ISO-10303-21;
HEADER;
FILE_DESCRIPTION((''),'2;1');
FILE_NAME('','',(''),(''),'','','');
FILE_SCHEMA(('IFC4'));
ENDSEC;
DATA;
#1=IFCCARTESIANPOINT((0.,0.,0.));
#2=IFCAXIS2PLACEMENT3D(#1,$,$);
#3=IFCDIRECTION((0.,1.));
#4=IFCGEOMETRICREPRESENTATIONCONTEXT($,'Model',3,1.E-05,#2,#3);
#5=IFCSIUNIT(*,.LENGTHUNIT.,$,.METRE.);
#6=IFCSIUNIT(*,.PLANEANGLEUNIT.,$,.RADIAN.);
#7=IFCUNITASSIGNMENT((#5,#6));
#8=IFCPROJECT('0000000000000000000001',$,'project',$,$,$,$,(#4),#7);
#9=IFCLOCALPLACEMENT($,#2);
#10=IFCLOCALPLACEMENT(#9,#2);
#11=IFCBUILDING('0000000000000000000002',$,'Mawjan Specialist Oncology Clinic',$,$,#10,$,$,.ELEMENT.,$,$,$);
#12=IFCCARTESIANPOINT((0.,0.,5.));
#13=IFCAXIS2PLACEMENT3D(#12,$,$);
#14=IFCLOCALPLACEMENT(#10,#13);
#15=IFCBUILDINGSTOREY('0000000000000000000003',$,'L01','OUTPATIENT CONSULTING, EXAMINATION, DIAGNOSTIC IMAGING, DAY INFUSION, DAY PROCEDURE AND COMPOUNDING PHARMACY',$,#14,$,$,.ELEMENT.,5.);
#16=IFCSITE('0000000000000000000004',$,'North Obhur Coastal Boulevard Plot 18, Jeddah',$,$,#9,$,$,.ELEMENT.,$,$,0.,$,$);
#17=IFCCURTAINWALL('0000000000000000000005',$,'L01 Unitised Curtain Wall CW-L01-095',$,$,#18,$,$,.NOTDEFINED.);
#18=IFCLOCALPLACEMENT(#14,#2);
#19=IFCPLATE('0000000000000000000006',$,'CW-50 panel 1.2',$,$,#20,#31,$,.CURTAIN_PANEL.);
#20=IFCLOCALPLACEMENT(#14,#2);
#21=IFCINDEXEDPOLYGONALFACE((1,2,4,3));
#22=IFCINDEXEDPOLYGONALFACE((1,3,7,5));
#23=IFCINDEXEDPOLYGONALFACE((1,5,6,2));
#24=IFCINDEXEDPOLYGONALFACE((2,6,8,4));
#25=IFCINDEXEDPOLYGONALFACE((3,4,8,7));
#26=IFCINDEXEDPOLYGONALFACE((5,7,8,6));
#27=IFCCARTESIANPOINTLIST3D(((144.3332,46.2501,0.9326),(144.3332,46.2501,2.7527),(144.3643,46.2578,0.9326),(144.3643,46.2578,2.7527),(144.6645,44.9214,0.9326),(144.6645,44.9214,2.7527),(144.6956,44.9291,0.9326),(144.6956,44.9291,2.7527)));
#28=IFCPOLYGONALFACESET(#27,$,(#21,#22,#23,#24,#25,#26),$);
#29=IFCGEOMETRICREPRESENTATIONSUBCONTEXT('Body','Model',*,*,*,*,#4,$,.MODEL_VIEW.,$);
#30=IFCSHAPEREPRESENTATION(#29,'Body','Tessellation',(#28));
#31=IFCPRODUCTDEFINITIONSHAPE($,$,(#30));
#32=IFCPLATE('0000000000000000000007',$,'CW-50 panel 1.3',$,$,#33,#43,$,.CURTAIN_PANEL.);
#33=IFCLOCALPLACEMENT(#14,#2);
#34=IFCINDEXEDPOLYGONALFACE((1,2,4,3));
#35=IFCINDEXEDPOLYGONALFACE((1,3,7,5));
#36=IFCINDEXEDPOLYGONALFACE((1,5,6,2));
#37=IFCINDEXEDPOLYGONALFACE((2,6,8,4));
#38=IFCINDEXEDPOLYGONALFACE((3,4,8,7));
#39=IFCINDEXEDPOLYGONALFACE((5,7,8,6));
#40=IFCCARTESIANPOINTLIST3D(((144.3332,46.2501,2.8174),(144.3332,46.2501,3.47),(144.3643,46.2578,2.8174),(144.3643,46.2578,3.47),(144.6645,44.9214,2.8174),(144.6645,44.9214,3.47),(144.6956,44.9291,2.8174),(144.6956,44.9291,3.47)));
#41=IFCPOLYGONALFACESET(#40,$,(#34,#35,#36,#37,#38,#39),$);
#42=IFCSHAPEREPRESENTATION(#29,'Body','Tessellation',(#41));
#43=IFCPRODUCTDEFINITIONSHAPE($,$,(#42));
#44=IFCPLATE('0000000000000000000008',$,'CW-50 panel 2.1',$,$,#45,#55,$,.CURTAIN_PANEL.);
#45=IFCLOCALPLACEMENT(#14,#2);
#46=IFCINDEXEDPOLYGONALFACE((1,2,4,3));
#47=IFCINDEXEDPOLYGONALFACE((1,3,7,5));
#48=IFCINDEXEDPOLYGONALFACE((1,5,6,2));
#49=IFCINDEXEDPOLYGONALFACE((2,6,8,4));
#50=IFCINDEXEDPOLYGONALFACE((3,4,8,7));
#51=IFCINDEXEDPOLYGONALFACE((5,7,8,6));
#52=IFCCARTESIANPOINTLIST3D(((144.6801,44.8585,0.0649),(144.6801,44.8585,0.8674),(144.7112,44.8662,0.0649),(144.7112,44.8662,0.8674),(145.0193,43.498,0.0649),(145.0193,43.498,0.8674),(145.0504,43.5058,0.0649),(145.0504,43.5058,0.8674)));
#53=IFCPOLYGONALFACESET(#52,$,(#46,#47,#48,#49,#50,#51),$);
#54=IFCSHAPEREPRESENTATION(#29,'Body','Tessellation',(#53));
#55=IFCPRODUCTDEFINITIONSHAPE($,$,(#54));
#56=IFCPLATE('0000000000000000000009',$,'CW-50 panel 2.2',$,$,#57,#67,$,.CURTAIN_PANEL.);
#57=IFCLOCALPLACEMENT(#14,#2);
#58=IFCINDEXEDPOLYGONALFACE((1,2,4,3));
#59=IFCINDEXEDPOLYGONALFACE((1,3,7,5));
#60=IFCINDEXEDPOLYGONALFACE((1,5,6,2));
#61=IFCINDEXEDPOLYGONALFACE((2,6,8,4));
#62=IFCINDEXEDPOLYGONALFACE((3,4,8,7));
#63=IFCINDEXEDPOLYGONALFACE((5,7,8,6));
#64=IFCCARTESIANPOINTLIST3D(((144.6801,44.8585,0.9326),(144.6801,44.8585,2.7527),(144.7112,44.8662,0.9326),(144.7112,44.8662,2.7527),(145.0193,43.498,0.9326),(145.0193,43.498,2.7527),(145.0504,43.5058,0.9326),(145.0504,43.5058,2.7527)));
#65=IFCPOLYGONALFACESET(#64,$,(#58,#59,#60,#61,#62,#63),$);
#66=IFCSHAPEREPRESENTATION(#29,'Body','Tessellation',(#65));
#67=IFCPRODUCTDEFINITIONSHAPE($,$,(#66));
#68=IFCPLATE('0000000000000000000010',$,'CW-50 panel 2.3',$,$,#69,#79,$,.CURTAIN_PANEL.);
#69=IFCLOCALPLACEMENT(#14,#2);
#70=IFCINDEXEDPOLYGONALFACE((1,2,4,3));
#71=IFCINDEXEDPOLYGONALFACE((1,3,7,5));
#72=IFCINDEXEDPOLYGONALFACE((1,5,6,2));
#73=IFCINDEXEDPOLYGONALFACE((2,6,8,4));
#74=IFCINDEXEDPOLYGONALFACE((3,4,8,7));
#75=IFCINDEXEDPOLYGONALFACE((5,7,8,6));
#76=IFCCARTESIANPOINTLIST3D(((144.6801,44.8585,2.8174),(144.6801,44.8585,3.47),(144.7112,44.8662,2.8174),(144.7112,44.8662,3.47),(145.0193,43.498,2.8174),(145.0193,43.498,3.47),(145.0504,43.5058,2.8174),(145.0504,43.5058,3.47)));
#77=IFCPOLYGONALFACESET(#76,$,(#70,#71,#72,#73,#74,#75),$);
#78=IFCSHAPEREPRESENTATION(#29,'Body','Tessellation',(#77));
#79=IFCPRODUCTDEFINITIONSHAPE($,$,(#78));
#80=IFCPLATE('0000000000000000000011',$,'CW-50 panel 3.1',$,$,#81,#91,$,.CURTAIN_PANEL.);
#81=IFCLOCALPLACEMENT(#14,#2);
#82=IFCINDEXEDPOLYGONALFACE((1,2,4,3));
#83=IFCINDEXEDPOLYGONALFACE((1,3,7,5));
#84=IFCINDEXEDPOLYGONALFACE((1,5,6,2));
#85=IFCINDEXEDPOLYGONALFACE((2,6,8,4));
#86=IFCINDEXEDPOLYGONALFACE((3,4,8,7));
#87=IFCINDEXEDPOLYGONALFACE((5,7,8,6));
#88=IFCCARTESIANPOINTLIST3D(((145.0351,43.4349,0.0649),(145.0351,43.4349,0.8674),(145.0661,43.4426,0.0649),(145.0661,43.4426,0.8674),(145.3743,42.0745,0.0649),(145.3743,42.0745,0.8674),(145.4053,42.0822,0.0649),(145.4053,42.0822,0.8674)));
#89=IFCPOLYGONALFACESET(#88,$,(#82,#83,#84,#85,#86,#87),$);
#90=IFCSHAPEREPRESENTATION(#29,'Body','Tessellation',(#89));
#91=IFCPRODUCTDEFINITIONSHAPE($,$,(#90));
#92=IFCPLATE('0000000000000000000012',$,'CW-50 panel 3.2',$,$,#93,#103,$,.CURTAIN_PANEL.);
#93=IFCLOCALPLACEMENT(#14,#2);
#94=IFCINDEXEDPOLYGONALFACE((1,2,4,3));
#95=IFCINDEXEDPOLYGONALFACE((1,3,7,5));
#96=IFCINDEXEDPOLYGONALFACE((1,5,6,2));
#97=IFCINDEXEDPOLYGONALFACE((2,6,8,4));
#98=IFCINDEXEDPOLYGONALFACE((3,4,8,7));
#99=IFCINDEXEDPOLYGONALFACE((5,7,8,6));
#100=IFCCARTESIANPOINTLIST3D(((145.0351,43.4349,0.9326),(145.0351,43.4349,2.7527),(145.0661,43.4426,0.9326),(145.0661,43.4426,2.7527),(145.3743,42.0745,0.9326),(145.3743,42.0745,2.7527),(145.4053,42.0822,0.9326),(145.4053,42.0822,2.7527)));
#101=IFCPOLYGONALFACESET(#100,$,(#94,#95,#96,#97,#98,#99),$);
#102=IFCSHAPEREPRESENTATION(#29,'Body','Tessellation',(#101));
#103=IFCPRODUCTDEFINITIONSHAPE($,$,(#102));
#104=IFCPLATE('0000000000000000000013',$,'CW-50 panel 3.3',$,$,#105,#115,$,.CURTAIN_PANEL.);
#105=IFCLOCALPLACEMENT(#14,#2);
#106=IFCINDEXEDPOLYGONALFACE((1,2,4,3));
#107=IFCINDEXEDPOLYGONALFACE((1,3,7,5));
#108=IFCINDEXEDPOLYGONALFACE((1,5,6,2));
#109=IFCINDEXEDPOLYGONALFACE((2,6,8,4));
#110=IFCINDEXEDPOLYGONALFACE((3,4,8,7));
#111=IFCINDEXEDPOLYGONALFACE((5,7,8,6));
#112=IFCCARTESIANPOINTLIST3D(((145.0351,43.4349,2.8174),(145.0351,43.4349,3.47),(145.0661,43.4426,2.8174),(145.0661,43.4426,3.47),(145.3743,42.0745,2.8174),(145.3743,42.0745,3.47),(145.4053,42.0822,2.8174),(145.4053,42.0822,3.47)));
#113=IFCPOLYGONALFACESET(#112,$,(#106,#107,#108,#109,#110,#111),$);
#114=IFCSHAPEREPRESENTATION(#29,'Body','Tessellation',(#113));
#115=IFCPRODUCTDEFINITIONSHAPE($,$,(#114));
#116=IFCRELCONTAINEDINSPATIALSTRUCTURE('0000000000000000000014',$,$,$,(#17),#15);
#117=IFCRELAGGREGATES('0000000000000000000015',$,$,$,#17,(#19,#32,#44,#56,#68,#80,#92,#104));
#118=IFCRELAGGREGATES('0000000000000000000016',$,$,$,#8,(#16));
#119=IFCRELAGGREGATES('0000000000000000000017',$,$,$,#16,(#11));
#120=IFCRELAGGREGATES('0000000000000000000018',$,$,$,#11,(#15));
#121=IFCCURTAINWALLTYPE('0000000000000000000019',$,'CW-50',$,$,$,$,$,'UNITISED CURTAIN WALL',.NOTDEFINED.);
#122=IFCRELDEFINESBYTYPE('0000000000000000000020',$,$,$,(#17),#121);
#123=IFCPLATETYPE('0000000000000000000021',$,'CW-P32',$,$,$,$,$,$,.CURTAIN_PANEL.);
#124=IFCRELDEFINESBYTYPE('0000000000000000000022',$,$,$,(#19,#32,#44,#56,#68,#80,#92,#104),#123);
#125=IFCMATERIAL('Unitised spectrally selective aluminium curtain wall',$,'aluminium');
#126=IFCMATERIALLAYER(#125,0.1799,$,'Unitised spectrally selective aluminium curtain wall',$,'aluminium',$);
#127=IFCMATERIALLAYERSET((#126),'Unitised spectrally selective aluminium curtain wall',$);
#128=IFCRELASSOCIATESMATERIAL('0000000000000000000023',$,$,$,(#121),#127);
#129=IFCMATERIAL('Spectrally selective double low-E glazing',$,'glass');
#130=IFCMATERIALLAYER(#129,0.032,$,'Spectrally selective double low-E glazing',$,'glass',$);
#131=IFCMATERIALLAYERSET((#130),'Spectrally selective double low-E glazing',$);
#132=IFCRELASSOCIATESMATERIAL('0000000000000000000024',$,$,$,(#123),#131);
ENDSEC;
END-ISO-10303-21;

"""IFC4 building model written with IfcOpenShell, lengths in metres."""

from ifc_helpers import new_model, si_unit, direction, frame, origin, origin_2d, place, context, subcontext, project, spatial, rectangle, extrude, material, layer, layer_set, type_object, element, aggregate, save


model = new_model("IFC4")

# Units and contexts
model_context = context("Model", 3, precision=1e-05, world=origin(), true_north=direction((0.0, 1.0)))
body_context = subcontext(model_context, "Body", "Model", "MODEL_VIEW")
ifc_project = project(units=[si_unit("LENGTHUNIT", "METRE"), si_unit("PLANEANGLEUNIT", "RADIAN")], contexts=[model_context])

# Site, building, storey
site_placement = place(None, origin())
site = spatial("IfcSite", under=ifc_project, at=site_placement, Name="North Obhur Coastal Boulevard Plot 18, Jeddah", CompositionType="ELEMENT", RefElevation=0.0)
building_placement = place(site_placement, origin())
building = spatial("IfcBuilding", under=site, at=building_placement, Name="Mawjan Specialist Oncology Clinic", CompositionType="ELEMENT")
storey_placement = place(building_placement, frame((0.0, 0.0, 5.0)))
storey = spatial("IfcBuildingStorey", under=building, at=storey_placement, Name="L01", Description="OUTPATIENT CONSULTING, EXAMINATION, DIAGNOSTIC IMAGING, DAY INFUSION, DAY PROCEDURE AND COMPOUNDING PHARMACY", CompositionType="ELEMENT", Elevation=5.0)

# Curtain wall
ifc_material_1 = material(Name="Unitised spectrally selective aluminium curtain wall", Category="aluminium")
ifc_layer_1 = layer(ifc_material_1, 0.1799, Name="Unitised spectrally selective aluminium curtain wall", Category="aluminium")
ifc_layer_set_1 = layer_set([ifc_layer_1], Name="Unitised spectrally selective aluminium curtain wall")
curtain_wall_type_1 = type_object("IfcCurtainWallType", Name="CW-50", ElementType="UNITISED CURTAIN WALL", PredefinedType="NOTDEFINED", material=ifc_layer_set_1)
curtain_wall_1_placement = place(storey_placement, origin())
curtain_wall_1 = element("IfcCurtainWall", 1, at=curtain_wall_1_placement, inside=storey, type_object=curtain_wall_type_1, Name="L01 Unitised Curtain Wall CW-L01-095", PredefinedType="NOTDEFINED")

# Plates
ifc_material_2 = material(Name="Spectrally selective double low-E glazing", Category="glass")
ifc_layer_2 = layer(ifc_material_2, 0.032, Name="Spectrally selective double low-E glazing", Category="glass")
ifc_layer_set_2 = layer_set([ifc_layer_2], Name="Spectrally selective double low-E glazing")
plate_type = type_object("IfcPlateType", Name="CW-P32", PredefinedType="CURTAIN_PANEL", material=ifc_layer_set_2)
plate_1_placement = place(storey_placement, frame((144.5144, 45.5896, 0.9326), z_axis=(0.0, 0.0, 1.0), x_axis=(0.241922, -0.970296, 0.0)))
plate_1 = element("IfcPlate", 2, at=plate_1_placement, type_object=plate_type, Name="CW-50 panel 1.2", PredefinedType="CURTAIN_PANEL", context=body_context, shape_type="SweptSolid", body=[
    extrude(rectangle(XDim=1.3694, YDim=0.032, at=origin_2d()), origin(), (0.0, 0.0, 1.0), 1.8201),
])
plate_2_placement = place(storey_placement, frame((144.5144, 45.5896, 2.8174), z_axis=(0.0, 0.0, 1.0), x_axis=(0.241922, -0.970296, 0.0)))
plate_2 = element("IfcPlate", 3, at=plate_2_placement, type_object=plate_type, Name="CW-50 panel 1.3", PredefinedType="CURTAIN_PANEL", context=body_context, shape_type="SweptSolid", body=[
    extrude(rectangle(XDim=1.3694, YDim=0.032, at=origin_2d()), origin(), (0.0, 0.0, 1.0), 0.6526),
])
plate_3_placement = place(storey_placement, frame((144.8652, 44.1821, 0.0649), z_axis=(0.0, 0.0, 1.0), x_axis=(0.241922, -0.970296, 0.0)))
plate_3 = element("IfcPlate", 4, at=plate_3_placement, type_object=plate_type, Name="CW-50 panel 2.1", PredefinedType="CURTAIN_PANEL", context=body_context, shape_type="SweptSolid", body=[
    extrude(rectangle(XDim=1.4021, YDim=0.032, at=origin_2d()), origin(), (0.0, 0.0, 1.0), 0.8025),
])
plate_4_placement = place(storey_placement, frame((144.8652, 44.1821, 0.9326), z_axis=(0.0, 0.0, 1.0), x_axis=(0.241922, -0.970296, 0.0)))
plate_4 = element("IfcPlate", 5, at=plate_4_placement, type_object=plate_type, Name="CW-50 panel 2.2", PredefinedType="CURTAIN_PANEL", context=body_context, shape_type="SweptSolid", body=[
    extrude(rectangle(XDim=1.4021, YDim=0.032, at=origin_2d()), origin(), (0.0, 0.0, 1.0), 1.8201),
])
plate_5_placement = place(storey_placement, frame((144.8652, 44.1821, 2.8174), z_axis=(0.0, 0.0, 1.0), x_axis=(0.241922, -0.970296, 0.0)))
plate_5 = element("IfcPlate", 6, at=plate_5_placement, type_object=plate_type, Name="CW-50 panel 2.3", PredefinedType="CURTAIN_PANEL", context=body_context, shape_type="SweptSolid", body=[
    extrude(rectangle(XDim=1.4021, YDim=0.032, at=origin_2d()), origin(), (0.0, 0.0, 1.0), 0.6526),
])
plate_6_placement = place(storey_placement, frame((145.2202, 42.7585, 0.0649), z_axis=(0.0, 0.0, 1.0), x_axis=(0.241922, -0.970296, 0.0)))
plate_6 = element("IfcPlate", 7, at=plate_6_placement, type_object=plate_type, Name="CW-50 panel 3.1", PredefinedType="CURTAIN_PANEL", context=body_context, shape_type="SweptSolid", body=[
    extrude(rectangle(XDim=1.4021, YDim=0.032, at=origin_2d()), origin(), (0.0, 0.0, 1.0), 0.8025),
])
plate_7_placement = place(storey_placement, frame((145.2202, 42.7585, 0.9326), z_axis=(0.0, 0.0, 1.0), x_axis=(0.241922, -0.970296, 0.0)))
plate_7 = element("IfcPlate", 8, at=plate_7_placement, type_object=plate_type, Name="CW-50 panel 3.2", PredefinedType="CURTAIN_PANEL", context=body_context, shape_type="SweptSolid", body=[
    extrude(rectangle(XDim=1.4021, YDim=0.032, at=origin_2d()), origin(), (0.0, 0.0, 1.0), 1.8201),
])
plate_8_placement = place(storey_placement, frame((145.2202, 42.7585, 2.8174), z_axis=(0.0, 0.0, 1.0), x_axis=(0.241922, -0.970296, 0.0)))
plate_8 = element("IfcPlate", 9, at=plate_8_placement, type_object=plate_type, Name="CW-50 panel 3.3", PredefinedType="CURTAIN_PANEL", context=body_context, shape_type="SweptSolid", body=[
    extrude(rectangle(XDim=1.4021, YDim=0.032, at=origin_2d()), origin(), (0.0, 0.0, 1.0), 0.6526),
])
aggregate(curtain_wall_1, [plate_1, plate_2, plate_3, plate_4, plate_5, plate_6, plate_7, plate_8])

save(model, "model.ifc")
